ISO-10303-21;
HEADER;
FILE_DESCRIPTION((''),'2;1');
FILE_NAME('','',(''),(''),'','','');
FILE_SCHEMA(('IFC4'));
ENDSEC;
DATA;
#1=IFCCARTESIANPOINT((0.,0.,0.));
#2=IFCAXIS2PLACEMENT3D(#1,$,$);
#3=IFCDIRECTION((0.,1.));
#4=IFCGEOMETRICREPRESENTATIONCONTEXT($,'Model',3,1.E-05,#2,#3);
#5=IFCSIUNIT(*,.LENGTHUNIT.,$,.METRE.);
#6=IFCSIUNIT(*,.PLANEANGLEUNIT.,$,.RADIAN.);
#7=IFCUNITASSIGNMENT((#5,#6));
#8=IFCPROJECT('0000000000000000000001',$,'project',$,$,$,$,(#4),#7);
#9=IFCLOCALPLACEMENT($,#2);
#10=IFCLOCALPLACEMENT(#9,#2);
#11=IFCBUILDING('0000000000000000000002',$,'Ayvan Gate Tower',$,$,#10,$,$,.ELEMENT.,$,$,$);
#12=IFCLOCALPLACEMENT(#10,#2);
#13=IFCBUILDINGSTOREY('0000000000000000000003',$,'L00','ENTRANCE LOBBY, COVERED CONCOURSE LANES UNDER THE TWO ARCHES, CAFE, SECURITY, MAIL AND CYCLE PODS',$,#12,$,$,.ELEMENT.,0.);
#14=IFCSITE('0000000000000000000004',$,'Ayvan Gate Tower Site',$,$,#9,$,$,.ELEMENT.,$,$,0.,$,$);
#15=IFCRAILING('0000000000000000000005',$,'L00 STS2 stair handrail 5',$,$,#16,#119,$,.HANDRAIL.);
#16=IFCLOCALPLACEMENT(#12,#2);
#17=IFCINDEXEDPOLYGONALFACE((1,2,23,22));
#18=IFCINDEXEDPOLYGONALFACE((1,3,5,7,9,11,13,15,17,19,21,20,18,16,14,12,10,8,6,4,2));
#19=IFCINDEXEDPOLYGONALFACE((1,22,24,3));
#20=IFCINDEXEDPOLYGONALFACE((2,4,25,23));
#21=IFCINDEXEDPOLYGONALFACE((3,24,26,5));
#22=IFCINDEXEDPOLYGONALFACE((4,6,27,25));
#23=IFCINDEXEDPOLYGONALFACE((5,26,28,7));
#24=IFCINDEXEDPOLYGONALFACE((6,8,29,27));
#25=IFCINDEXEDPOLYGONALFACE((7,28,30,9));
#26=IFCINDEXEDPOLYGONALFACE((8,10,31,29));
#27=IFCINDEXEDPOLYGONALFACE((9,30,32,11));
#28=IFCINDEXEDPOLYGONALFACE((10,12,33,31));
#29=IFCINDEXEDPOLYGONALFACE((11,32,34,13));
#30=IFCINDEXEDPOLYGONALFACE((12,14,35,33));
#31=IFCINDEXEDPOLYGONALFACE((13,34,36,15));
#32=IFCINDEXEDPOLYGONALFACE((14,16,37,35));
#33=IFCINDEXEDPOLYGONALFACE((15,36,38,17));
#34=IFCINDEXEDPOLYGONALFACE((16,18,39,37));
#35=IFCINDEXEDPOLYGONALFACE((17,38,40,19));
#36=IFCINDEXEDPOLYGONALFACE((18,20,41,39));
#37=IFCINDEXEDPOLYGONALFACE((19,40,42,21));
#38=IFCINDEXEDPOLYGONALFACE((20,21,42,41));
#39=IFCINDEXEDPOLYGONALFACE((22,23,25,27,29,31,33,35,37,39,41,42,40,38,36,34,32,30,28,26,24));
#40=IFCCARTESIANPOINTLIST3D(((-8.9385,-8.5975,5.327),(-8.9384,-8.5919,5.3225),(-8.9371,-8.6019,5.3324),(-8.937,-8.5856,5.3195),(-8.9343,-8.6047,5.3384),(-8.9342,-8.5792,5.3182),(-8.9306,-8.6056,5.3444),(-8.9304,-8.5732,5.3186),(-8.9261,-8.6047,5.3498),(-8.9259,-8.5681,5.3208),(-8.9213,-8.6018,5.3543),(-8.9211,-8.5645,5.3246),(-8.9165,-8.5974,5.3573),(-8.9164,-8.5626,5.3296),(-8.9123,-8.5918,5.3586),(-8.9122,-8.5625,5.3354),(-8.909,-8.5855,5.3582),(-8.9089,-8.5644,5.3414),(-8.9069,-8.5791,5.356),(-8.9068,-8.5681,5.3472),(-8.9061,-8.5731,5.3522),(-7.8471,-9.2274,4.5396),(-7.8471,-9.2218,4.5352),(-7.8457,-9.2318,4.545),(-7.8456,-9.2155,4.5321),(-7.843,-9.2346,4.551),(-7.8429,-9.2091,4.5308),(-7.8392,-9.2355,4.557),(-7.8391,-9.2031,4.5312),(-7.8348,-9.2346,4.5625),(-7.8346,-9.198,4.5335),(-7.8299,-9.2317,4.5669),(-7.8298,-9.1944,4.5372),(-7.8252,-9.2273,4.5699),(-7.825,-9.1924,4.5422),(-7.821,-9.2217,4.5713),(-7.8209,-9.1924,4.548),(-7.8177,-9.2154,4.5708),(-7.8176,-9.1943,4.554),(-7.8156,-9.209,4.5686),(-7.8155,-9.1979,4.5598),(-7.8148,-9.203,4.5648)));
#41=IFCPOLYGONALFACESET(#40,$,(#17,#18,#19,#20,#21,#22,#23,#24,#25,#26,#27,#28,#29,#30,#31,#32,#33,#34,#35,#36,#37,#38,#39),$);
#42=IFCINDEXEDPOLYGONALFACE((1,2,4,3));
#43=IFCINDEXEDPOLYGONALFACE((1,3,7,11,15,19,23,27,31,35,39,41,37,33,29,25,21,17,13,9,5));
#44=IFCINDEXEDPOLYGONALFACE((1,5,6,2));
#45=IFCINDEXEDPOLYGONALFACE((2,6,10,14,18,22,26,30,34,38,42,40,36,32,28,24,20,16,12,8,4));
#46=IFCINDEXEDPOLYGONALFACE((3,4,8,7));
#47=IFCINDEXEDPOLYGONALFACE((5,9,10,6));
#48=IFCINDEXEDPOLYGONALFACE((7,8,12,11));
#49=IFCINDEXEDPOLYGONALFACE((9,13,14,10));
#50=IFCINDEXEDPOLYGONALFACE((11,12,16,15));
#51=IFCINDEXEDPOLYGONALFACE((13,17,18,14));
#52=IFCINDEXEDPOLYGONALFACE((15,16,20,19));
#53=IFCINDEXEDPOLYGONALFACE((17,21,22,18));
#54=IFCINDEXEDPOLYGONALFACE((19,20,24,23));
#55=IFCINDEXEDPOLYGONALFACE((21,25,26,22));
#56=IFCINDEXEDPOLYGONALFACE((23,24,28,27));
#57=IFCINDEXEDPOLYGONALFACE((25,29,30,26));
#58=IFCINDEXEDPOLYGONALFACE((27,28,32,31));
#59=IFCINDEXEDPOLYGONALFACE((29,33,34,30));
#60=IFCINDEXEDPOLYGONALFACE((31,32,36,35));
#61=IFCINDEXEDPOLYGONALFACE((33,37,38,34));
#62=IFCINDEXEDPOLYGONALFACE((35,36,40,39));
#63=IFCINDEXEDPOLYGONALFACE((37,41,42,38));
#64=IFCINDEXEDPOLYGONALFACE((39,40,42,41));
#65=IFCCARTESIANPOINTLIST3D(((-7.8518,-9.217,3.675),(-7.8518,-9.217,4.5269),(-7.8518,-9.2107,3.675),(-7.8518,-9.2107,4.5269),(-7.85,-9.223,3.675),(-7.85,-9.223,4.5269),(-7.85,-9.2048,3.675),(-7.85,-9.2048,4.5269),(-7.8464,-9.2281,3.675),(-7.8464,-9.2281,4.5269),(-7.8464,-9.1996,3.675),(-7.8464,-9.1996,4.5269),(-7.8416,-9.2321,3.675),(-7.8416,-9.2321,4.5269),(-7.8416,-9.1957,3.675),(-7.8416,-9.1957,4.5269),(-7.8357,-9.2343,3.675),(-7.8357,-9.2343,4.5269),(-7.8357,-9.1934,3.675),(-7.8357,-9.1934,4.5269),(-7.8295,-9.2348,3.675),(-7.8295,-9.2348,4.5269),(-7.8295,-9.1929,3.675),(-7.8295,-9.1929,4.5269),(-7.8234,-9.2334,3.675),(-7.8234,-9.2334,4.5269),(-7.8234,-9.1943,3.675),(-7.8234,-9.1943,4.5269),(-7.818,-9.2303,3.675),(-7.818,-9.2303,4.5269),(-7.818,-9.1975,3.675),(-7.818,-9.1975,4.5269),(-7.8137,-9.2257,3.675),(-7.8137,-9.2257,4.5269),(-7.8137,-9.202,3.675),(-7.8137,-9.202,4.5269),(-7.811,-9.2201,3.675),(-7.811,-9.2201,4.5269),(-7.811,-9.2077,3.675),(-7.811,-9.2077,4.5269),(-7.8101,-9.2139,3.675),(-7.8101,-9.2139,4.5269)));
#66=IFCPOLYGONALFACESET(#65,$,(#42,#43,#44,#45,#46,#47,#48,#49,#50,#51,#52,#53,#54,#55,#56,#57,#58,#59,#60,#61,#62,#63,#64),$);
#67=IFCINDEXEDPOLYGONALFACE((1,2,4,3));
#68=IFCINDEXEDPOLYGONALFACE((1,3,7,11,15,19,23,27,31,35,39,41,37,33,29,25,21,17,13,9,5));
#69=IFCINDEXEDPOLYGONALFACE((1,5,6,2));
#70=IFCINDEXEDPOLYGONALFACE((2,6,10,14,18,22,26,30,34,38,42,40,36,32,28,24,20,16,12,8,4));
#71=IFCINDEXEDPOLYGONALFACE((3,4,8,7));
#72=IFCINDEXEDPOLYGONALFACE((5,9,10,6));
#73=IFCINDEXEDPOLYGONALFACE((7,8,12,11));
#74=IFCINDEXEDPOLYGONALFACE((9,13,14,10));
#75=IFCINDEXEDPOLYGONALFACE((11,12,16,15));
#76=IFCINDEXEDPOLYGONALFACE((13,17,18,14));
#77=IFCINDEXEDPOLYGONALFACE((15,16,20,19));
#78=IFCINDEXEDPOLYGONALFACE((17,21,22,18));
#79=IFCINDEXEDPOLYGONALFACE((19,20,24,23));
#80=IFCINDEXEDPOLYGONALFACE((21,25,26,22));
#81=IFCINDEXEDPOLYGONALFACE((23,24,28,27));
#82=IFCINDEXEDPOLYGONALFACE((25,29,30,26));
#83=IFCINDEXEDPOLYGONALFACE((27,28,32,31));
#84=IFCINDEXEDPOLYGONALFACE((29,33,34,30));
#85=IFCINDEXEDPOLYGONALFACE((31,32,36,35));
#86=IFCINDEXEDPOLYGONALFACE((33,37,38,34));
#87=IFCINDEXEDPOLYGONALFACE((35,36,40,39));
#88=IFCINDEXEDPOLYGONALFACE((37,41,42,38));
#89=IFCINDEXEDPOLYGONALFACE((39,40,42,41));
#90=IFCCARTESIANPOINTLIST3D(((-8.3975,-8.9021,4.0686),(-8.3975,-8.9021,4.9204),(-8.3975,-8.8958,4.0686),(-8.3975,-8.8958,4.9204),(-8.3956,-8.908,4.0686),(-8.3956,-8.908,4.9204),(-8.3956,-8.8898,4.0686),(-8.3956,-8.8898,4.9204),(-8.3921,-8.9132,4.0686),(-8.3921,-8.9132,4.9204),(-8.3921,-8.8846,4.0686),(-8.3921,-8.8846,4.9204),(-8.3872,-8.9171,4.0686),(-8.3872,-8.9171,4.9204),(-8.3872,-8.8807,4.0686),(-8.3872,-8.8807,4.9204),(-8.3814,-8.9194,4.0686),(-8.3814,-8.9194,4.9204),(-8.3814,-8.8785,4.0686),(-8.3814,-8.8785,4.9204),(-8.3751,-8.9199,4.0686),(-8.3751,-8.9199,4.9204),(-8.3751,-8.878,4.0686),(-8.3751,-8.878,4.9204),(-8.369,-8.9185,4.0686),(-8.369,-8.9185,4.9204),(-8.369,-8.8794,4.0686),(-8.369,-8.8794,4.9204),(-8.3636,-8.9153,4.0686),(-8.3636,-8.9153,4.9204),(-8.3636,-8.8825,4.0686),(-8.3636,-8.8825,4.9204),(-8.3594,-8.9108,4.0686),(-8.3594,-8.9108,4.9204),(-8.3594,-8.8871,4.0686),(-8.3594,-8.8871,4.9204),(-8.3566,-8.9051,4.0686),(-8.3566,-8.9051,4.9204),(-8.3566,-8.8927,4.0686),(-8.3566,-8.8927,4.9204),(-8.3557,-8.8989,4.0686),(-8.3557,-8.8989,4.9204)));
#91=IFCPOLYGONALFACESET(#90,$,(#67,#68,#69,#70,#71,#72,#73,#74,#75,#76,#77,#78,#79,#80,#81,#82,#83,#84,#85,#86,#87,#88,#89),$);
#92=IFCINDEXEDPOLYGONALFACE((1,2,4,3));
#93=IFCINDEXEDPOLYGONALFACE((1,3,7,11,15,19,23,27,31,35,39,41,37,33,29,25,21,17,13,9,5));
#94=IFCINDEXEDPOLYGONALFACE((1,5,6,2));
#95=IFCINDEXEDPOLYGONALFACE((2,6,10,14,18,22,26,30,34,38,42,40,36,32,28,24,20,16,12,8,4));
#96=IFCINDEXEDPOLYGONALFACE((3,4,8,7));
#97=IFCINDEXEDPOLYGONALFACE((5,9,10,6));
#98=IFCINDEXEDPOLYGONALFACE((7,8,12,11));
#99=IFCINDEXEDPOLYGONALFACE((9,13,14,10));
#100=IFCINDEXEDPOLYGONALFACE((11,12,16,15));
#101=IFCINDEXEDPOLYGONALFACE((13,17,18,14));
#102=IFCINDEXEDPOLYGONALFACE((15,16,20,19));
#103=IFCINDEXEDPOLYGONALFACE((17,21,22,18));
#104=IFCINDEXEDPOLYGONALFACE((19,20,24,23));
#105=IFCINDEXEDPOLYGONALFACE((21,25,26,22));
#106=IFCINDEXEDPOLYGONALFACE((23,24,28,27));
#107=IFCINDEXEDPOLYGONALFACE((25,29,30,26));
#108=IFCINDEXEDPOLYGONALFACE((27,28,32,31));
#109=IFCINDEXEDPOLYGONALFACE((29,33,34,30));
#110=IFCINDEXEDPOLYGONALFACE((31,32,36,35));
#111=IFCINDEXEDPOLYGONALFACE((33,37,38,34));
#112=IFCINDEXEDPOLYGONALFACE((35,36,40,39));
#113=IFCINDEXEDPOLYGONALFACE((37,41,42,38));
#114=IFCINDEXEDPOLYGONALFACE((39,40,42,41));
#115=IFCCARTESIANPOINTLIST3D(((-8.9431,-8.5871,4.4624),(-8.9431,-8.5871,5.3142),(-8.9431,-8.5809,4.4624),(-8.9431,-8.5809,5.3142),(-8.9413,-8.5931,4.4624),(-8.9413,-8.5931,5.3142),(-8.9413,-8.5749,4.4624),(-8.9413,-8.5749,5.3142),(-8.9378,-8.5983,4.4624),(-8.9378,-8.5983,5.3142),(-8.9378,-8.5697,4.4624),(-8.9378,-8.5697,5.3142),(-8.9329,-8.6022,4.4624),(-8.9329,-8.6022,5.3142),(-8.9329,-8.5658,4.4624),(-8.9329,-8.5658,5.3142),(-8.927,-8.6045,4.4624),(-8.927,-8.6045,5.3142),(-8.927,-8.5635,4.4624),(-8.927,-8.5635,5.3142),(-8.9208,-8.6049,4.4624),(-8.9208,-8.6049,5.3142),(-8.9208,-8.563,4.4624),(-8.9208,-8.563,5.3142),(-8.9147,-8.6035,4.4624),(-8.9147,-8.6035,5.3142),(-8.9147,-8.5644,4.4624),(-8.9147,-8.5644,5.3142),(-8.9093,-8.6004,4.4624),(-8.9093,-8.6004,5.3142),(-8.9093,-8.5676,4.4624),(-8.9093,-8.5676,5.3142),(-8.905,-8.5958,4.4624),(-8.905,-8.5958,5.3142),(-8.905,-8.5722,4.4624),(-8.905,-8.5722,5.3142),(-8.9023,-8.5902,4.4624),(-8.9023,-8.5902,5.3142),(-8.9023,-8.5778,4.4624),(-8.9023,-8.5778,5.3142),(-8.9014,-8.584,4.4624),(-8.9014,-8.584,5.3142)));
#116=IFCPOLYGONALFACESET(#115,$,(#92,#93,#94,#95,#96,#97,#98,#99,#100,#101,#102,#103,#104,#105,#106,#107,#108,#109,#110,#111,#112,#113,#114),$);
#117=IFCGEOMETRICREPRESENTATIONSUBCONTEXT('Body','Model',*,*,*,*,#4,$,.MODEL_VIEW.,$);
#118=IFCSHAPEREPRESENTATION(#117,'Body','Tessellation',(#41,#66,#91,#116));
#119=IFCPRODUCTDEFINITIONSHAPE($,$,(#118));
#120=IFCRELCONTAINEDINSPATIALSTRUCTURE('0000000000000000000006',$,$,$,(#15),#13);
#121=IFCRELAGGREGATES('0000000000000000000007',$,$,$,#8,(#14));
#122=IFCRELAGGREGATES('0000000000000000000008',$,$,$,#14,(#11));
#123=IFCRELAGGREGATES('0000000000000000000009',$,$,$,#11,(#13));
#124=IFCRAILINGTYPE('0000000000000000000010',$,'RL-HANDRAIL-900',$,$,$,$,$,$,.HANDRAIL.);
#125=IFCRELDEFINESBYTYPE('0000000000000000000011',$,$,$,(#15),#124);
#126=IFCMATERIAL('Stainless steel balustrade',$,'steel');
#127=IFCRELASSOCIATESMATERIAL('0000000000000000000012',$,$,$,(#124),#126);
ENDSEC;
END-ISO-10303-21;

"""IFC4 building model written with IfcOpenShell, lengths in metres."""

from ifc_helpers import new_model, si_unit, direction, frame, origin, origin_2d, place, context, subcontext, project, spatial, circle, extrude, material, type_object, element, save


model = new_model("IFC4")

# Units and contexts
model_context = context("Model", 3, precision=1e-05, world=origin(), true_north=direction((0.0, 1.0)))
body_context = subcontext(model_context, "Body", "Model", "MODEL_VIEW")
ifc_project = project(units=[si_unit("LENGTHUNIT", "METRE"), si_unit("PLANEANGLEUNIT", "RADIAN")], contexts=[model_context])

# Site, building, storey
site_placement = place(None, origin())
site = spatial("IfcSite", under=ifc_project, at=site_placement, Name="Ayvan Gate Tower Site", CompositionType="ELEMENT", RefElevation=0.0)
building_placement = place(site_placement, origin())
building = spatial("IfcBuilding", under=site, at=building_placement, Name="Ayvan Gate Tower", CompositionType="ELEMENT")
storey_placement = place(building_placement, origin())
storey = spatial("IfcBuildingStorey", under=building, at=storey_placement, Name="L00", Description="ENTRANCE LOBBY, COVERED CONCOURSE LANES UNDER THE TWO ARCHES, CAFE, SECURITY, MAIL AND CYCLE PODS", CompositionType="ELEMENT", Elevation=0.0)

# Railing
ifc_material_1 = material(Name="Stainless steel balustrade", Category="steel")
railing_type_1 = type_object("IfcRailingType", Name="RL-HANDRAIL-900", PredefinedType="HANDRAIL", material=ifc_material_1)
railing_1_placement = place(storey_placement, frame((-7.8311, -9.2139, 3.675)))
element("IfcRailing", 1, at=railing_1_placement, inside=storey, type_object=railing_type_1, Name="L00 STS2 stair handrail 5", PredefinedType="HANDRAIL", context=body_context, shape_type="SweptSolid", body=[
    extrude(circle(Radius=0.0239, at=origin_2d()), frame((0.0, 0.0, 0.876), z_axis=(-0.734487, 0.423932, 0.529915), x_axis=(-0.49989, -0.866089, 0.0)), (0.0, 0.0, 1.0), 1.4858),
    extrude(circle(Radius=0.021, at=origin_2d()), origin(), (0.0, 0.0, 1.0), 0.8518),
    extrude(circle(Radius=0.021, at=origin_2d()), frame((-0.5457, 0.3149, 0.3936)), (0.0, 0.0, 1.0), 0.8518),
    extrude(circle(Radius=0.021, at=origin_2d()), frame((-1.0913, 0.6299, 0.7874)), (0.0, 0.0, 1.0), 0.8518),
])

save(model, "model.ifc")
